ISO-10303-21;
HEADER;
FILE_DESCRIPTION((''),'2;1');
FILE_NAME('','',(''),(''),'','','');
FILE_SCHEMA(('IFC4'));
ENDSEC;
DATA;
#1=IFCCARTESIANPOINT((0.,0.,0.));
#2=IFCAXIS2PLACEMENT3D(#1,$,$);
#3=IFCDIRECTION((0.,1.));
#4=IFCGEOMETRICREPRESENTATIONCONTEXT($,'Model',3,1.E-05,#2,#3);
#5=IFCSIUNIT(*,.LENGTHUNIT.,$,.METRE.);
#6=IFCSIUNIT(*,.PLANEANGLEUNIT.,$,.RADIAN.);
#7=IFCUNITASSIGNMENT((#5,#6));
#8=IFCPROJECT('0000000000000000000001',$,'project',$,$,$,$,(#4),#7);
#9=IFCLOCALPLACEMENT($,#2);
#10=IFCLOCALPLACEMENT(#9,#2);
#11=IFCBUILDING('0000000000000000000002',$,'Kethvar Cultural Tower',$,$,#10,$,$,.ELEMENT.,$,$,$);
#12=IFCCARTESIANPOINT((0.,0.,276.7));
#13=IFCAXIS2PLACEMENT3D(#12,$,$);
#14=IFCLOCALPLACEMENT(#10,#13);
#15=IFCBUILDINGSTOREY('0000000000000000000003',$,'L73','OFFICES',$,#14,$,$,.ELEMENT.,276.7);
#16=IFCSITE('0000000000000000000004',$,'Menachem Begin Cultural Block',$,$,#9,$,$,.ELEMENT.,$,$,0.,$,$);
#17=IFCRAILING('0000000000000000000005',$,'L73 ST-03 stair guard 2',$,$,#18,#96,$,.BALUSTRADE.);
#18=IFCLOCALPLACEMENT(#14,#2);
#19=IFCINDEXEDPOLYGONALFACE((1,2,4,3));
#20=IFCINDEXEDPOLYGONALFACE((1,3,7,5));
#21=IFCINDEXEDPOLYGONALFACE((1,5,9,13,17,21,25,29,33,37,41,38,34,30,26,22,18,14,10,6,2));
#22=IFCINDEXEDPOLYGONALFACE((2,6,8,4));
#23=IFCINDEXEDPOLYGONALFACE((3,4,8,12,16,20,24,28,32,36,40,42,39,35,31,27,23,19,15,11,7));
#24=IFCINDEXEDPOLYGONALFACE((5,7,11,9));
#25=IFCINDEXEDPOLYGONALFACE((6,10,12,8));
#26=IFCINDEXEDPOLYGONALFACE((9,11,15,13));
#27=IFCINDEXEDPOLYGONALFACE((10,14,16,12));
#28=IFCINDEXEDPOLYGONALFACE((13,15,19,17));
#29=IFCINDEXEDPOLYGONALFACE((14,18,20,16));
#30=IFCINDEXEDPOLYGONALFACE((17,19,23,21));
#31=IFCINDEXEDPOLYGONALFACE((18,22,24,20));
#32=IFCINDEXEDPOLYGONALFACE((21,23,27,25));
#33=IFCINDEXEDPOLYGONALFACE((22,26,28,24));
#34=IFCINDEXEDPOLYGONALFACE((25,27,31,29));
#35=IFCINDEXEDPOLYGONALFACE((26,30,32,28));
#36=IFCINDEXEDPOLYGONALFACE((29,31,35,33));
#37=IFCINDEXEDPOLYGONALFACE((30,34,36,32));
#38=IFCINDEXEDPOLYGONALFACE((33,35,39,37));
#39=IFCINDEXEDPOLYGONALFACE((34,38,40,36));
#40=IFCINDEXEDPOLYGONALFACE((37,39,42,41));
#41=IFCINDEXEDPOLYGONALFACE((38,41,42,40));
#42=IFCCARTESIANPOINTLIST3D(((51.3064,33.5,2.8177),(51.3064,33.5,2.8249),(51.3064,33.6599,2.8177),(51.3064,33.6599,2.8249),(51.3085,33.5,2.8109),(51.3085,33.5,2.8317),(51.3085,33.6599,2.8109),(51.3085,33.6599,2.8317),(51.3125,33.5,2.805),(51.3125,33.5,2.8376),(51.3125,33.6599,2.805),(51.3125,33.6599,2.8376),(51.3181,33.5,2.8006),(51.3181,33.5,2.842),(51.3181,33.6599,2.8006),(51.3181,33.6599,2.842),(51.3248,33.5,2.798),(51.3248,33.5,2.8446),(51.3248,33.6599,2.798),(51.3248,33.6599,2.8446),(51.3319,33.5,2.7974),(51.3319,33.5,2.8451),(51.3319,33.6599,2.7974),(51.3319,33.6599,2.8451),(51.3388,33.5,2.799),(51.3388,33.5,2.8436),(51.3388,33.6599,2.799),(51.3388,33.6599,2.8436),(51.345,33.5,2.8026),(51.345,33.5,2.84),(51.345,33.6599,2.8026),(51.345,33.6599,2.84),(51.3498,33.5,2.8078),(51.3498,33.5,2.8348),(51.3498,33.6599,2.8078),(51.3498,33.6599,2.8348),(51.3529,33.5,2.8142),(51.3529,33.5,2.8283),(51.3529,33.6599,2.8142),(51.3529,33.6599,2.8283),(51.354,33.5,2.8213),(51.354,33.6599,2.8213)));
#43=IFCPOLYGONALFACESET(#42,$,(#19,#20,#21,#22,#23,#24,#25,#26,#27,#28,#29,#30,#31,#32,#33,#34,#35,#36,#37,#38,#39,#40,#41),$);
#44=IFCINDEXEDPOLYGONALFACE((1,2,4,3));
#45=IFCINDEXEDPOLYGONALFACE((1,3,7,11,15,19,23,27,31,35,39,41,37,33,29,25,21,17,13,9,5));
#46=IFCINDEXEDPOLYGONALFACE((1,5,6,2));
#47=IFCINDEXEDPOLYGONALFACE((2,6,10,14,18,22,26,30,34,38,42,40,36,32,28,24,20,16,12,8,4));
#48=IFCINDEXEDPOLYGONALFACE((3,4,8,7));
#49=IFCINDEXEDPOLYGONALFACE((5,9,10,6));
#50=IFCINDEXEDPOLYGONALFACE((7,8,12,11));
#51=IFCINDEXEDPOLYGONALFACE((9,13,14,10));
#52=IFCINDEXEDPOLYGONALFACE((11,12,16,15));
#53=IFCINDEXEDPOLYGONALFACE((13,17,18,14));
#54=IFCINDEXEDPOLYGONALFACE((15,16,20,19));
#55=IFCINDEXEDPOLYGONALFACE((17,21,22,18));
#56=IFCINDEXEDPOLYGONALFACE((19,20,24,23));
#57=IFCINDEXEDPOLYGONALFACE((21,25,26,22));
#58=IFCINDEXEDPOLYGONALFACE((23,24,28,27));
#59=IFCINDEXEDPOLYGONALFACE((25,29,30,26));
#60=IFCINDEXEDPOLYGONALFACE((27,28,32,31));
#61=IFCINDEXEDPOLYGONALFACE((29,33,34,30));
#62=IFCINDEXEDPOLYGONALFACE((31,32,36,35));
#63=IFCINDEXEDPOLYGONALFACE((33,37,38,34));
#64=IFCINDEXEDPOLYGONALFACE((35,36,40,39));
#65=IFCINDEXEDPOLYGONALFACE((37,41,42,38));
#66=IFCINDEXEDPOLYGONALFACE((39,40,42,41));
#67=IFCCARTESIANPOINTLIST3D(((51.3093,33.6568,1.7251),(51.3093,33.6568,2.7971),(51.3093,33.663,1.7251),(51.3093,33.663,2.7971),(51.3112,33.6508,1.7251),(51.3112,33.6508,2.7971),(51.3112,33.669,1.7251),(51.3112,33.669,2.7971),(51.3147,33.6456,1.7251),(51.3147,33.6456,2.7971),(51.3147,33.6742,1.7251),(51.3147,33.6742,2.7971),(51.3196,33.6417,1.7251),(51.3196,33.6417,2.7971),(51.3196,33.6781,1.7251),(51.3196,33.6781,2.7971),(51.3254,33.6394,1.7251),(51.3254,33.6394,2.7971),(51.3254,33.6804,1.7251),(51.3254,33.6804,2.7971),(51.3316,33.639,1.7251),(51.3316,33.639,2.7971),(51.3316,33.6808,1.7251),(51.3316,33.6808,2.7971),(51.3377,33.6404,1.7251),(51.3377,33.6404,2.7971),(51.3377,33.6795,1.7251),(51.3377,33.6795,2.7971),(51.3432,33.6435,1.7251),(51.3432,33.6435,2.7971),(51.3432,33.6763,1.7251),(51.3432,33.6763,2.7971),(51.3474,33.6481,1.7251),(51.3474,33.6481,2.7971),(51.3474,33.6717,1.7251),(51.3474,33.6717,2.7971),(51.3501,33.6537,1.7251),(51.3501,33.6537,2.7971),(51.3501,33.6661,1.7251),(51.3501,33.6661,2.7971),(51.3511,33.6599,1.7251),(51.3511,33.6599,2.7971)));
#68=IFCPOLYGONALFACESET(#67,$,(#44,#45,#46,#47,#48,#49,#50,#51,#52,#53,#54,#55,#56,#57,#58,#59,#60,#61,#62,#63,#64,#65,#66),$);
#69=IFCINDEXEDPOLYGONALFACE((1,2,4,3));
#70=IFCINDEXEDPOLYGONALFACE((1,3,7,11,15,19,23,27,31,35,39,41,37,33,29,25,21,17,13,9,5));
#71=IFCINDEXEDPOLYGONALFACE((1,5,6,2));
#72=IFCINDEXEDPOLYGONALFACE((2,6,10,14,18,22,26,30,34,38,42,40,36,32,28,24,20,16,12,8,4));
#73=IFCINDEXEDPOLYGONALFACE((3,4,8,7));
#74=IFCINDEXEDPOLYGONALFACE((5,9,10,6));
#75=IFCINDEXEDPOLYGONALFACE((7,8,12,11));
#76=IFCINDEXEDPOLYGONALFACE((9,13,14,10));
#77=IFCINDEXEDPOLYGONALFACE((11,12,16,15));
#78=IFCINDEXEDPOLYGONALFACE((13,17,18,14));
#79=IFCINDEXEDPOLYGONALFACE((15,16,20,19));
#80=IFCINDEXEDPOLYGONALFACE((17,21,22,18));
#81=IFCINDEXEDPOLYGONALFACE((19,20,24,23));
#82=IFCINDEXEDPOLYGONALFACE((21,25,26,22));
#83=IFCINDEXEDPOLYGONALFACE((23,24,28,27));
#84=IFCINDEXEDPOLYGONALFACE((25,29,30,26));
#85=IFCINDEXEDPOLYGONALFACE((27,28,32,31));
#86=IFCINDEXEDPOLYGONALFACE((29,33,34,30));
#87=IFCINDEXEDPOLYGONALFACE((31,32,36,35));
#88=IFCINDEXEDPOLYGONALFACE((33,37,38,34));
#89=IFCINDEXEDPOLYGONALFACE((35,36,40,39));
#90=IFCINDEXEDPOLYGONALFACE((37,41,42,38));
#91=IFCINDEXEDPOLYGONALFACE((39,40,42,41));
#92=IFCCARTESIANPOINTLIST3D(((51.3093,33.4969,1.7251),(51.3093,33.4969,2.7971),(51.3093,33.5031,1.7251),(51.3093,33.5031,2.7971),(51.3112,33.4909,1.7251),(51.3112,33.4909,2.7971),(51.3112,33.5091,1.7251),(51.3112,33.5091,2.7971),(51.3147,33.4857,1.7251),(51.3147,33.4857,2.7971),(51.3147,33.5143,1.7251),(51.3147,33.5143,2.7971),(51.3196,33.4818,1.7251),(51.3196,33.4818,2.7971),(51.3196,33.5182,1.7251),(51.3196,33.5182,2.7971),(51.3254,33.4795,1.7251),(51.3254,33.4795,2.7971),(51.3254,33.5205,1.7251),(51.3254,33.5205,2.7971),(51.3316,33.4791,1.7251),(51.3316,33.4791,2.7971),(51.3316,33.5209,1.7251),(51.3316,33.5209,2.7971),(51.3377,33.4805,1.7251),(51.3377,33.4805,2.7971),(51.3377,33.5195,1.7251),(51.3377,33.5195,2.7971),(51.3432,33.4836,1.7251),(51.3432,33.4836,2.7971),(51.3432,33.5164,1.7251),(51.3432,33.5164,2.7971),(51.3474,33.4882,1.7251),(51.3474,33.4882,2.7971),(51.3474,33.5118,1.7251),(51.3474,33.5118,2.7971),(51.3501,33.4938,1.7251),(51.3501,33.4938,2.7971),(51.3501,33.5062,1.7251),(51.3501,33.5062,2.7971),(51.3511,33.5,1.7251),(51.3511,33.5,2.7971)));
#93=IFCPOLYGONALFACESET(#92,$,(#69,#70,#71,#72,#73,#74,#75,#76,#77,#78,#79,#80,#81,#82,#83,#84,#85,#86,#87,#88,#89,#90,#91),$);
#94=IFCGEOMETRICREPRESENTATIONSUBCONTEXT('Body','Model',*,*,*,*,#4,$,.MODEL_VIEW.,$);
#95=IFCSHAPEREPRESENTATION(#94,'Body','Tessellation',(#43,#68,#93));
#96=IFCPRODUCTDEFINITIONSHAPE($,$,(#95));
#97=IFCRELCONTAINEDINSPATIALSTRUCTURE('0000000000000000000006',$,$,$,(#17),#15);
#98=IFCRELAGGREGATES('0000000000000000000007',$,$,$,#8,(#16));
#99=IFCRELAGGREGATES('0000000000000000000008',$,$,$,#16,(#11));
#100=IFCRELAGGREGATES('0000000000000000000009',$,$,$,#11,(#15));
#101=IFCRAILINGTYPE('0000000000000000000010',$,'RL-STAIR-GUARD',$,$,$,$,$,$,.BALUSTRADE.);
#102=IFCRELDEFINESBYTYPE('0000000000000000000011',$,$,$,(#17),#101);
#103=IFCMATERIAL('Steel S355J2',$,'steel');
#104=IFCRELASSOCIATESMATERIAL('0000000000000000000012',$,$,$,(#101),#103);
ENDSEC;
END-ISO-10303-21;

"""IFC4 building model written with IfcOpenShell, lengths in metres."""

from ifc_helpers import new_model, si_unit, direction, frame, origin, origin_2d, place, context, subcontext, project, spatial, circle, extrude, material, type_object, element, save


model = new_model("IFC4")

# Units and contexts
model_context = context("Model", 3, precision=1e-05, world=origin(), true_north=direction((0.0, 1.0)))
body_context = subcontext(model_context, "Body", "Model", "MODEL_VIEW")
ifc_project = project(units=[si_unit("LENGTHUNIT", "METRE"), si_unit("PLANEANGLEUNIT", "RADIAN")], contexts=[model_context])

# Site, building, storey
site_placement = place(None, origin())
site = spatial("IfcSite", under=ifc_project, at=site_placement, Name="Menachem Begin Cultural Block", CompositionType="ELEMENT", RefElevation=0.0)
building_placement = place(site_placement, origin())
building = spatial("IfcBuilding", under=site, at=building_placement, Name="Kethvar Cultural Tower", CompositionType="ELEMENT")
storey_placement = place(building_placement, frame((0.0, 0.0, 276.7)))
storey = spatial("IfcBuildingStorey", under=building, at=storey_placement, Name="L73", Description="OFFICES", CompositionType="ELEMENT", Elevation=276.7)

# Shared definitions
ifc_material_1 = material(Name="Steel S355J2", Category="steel")

# Railing
railing_type_1 = type_object("IfcRailingType", Name="RL-STAIR-GUARD", PredefinedType="BALUSTRADE", material=ifc_material_1)
railing_1_placement = place(storey_placement, frame((51.3301, 33.6599, 1.7251)))
element("IfcRailing", 1, at=railing_1_placement, inside=storey, type_object=railing_type_1, Name="L73 ST-03 stair guard 2", PredefinedType="BALUSTRADE", context=body_context, shape_type="SweptSolid", body=[
    extrude(circle(Radius=0.0239, at=origin_2d()), frame((0.0, 0.0, 1.0962), z_axis=(0.0, -1.0, 0.0), x_axis=(1.0, 0.0, 0.0)), (0.0, 0.0, 1.0), 0.1599),
    extrude(circle(Radius=0.021, at=origin_2d()), origin(), (0.0, 0.0, 1.0), 1.072),
    extrude(circle(Radius=0.021, at=origin_2d()), frame((0.0, -0.1599, 0.0)), (0.0, 0.0, 1.0), 1.072),
])

save(model, "model.ifc")
